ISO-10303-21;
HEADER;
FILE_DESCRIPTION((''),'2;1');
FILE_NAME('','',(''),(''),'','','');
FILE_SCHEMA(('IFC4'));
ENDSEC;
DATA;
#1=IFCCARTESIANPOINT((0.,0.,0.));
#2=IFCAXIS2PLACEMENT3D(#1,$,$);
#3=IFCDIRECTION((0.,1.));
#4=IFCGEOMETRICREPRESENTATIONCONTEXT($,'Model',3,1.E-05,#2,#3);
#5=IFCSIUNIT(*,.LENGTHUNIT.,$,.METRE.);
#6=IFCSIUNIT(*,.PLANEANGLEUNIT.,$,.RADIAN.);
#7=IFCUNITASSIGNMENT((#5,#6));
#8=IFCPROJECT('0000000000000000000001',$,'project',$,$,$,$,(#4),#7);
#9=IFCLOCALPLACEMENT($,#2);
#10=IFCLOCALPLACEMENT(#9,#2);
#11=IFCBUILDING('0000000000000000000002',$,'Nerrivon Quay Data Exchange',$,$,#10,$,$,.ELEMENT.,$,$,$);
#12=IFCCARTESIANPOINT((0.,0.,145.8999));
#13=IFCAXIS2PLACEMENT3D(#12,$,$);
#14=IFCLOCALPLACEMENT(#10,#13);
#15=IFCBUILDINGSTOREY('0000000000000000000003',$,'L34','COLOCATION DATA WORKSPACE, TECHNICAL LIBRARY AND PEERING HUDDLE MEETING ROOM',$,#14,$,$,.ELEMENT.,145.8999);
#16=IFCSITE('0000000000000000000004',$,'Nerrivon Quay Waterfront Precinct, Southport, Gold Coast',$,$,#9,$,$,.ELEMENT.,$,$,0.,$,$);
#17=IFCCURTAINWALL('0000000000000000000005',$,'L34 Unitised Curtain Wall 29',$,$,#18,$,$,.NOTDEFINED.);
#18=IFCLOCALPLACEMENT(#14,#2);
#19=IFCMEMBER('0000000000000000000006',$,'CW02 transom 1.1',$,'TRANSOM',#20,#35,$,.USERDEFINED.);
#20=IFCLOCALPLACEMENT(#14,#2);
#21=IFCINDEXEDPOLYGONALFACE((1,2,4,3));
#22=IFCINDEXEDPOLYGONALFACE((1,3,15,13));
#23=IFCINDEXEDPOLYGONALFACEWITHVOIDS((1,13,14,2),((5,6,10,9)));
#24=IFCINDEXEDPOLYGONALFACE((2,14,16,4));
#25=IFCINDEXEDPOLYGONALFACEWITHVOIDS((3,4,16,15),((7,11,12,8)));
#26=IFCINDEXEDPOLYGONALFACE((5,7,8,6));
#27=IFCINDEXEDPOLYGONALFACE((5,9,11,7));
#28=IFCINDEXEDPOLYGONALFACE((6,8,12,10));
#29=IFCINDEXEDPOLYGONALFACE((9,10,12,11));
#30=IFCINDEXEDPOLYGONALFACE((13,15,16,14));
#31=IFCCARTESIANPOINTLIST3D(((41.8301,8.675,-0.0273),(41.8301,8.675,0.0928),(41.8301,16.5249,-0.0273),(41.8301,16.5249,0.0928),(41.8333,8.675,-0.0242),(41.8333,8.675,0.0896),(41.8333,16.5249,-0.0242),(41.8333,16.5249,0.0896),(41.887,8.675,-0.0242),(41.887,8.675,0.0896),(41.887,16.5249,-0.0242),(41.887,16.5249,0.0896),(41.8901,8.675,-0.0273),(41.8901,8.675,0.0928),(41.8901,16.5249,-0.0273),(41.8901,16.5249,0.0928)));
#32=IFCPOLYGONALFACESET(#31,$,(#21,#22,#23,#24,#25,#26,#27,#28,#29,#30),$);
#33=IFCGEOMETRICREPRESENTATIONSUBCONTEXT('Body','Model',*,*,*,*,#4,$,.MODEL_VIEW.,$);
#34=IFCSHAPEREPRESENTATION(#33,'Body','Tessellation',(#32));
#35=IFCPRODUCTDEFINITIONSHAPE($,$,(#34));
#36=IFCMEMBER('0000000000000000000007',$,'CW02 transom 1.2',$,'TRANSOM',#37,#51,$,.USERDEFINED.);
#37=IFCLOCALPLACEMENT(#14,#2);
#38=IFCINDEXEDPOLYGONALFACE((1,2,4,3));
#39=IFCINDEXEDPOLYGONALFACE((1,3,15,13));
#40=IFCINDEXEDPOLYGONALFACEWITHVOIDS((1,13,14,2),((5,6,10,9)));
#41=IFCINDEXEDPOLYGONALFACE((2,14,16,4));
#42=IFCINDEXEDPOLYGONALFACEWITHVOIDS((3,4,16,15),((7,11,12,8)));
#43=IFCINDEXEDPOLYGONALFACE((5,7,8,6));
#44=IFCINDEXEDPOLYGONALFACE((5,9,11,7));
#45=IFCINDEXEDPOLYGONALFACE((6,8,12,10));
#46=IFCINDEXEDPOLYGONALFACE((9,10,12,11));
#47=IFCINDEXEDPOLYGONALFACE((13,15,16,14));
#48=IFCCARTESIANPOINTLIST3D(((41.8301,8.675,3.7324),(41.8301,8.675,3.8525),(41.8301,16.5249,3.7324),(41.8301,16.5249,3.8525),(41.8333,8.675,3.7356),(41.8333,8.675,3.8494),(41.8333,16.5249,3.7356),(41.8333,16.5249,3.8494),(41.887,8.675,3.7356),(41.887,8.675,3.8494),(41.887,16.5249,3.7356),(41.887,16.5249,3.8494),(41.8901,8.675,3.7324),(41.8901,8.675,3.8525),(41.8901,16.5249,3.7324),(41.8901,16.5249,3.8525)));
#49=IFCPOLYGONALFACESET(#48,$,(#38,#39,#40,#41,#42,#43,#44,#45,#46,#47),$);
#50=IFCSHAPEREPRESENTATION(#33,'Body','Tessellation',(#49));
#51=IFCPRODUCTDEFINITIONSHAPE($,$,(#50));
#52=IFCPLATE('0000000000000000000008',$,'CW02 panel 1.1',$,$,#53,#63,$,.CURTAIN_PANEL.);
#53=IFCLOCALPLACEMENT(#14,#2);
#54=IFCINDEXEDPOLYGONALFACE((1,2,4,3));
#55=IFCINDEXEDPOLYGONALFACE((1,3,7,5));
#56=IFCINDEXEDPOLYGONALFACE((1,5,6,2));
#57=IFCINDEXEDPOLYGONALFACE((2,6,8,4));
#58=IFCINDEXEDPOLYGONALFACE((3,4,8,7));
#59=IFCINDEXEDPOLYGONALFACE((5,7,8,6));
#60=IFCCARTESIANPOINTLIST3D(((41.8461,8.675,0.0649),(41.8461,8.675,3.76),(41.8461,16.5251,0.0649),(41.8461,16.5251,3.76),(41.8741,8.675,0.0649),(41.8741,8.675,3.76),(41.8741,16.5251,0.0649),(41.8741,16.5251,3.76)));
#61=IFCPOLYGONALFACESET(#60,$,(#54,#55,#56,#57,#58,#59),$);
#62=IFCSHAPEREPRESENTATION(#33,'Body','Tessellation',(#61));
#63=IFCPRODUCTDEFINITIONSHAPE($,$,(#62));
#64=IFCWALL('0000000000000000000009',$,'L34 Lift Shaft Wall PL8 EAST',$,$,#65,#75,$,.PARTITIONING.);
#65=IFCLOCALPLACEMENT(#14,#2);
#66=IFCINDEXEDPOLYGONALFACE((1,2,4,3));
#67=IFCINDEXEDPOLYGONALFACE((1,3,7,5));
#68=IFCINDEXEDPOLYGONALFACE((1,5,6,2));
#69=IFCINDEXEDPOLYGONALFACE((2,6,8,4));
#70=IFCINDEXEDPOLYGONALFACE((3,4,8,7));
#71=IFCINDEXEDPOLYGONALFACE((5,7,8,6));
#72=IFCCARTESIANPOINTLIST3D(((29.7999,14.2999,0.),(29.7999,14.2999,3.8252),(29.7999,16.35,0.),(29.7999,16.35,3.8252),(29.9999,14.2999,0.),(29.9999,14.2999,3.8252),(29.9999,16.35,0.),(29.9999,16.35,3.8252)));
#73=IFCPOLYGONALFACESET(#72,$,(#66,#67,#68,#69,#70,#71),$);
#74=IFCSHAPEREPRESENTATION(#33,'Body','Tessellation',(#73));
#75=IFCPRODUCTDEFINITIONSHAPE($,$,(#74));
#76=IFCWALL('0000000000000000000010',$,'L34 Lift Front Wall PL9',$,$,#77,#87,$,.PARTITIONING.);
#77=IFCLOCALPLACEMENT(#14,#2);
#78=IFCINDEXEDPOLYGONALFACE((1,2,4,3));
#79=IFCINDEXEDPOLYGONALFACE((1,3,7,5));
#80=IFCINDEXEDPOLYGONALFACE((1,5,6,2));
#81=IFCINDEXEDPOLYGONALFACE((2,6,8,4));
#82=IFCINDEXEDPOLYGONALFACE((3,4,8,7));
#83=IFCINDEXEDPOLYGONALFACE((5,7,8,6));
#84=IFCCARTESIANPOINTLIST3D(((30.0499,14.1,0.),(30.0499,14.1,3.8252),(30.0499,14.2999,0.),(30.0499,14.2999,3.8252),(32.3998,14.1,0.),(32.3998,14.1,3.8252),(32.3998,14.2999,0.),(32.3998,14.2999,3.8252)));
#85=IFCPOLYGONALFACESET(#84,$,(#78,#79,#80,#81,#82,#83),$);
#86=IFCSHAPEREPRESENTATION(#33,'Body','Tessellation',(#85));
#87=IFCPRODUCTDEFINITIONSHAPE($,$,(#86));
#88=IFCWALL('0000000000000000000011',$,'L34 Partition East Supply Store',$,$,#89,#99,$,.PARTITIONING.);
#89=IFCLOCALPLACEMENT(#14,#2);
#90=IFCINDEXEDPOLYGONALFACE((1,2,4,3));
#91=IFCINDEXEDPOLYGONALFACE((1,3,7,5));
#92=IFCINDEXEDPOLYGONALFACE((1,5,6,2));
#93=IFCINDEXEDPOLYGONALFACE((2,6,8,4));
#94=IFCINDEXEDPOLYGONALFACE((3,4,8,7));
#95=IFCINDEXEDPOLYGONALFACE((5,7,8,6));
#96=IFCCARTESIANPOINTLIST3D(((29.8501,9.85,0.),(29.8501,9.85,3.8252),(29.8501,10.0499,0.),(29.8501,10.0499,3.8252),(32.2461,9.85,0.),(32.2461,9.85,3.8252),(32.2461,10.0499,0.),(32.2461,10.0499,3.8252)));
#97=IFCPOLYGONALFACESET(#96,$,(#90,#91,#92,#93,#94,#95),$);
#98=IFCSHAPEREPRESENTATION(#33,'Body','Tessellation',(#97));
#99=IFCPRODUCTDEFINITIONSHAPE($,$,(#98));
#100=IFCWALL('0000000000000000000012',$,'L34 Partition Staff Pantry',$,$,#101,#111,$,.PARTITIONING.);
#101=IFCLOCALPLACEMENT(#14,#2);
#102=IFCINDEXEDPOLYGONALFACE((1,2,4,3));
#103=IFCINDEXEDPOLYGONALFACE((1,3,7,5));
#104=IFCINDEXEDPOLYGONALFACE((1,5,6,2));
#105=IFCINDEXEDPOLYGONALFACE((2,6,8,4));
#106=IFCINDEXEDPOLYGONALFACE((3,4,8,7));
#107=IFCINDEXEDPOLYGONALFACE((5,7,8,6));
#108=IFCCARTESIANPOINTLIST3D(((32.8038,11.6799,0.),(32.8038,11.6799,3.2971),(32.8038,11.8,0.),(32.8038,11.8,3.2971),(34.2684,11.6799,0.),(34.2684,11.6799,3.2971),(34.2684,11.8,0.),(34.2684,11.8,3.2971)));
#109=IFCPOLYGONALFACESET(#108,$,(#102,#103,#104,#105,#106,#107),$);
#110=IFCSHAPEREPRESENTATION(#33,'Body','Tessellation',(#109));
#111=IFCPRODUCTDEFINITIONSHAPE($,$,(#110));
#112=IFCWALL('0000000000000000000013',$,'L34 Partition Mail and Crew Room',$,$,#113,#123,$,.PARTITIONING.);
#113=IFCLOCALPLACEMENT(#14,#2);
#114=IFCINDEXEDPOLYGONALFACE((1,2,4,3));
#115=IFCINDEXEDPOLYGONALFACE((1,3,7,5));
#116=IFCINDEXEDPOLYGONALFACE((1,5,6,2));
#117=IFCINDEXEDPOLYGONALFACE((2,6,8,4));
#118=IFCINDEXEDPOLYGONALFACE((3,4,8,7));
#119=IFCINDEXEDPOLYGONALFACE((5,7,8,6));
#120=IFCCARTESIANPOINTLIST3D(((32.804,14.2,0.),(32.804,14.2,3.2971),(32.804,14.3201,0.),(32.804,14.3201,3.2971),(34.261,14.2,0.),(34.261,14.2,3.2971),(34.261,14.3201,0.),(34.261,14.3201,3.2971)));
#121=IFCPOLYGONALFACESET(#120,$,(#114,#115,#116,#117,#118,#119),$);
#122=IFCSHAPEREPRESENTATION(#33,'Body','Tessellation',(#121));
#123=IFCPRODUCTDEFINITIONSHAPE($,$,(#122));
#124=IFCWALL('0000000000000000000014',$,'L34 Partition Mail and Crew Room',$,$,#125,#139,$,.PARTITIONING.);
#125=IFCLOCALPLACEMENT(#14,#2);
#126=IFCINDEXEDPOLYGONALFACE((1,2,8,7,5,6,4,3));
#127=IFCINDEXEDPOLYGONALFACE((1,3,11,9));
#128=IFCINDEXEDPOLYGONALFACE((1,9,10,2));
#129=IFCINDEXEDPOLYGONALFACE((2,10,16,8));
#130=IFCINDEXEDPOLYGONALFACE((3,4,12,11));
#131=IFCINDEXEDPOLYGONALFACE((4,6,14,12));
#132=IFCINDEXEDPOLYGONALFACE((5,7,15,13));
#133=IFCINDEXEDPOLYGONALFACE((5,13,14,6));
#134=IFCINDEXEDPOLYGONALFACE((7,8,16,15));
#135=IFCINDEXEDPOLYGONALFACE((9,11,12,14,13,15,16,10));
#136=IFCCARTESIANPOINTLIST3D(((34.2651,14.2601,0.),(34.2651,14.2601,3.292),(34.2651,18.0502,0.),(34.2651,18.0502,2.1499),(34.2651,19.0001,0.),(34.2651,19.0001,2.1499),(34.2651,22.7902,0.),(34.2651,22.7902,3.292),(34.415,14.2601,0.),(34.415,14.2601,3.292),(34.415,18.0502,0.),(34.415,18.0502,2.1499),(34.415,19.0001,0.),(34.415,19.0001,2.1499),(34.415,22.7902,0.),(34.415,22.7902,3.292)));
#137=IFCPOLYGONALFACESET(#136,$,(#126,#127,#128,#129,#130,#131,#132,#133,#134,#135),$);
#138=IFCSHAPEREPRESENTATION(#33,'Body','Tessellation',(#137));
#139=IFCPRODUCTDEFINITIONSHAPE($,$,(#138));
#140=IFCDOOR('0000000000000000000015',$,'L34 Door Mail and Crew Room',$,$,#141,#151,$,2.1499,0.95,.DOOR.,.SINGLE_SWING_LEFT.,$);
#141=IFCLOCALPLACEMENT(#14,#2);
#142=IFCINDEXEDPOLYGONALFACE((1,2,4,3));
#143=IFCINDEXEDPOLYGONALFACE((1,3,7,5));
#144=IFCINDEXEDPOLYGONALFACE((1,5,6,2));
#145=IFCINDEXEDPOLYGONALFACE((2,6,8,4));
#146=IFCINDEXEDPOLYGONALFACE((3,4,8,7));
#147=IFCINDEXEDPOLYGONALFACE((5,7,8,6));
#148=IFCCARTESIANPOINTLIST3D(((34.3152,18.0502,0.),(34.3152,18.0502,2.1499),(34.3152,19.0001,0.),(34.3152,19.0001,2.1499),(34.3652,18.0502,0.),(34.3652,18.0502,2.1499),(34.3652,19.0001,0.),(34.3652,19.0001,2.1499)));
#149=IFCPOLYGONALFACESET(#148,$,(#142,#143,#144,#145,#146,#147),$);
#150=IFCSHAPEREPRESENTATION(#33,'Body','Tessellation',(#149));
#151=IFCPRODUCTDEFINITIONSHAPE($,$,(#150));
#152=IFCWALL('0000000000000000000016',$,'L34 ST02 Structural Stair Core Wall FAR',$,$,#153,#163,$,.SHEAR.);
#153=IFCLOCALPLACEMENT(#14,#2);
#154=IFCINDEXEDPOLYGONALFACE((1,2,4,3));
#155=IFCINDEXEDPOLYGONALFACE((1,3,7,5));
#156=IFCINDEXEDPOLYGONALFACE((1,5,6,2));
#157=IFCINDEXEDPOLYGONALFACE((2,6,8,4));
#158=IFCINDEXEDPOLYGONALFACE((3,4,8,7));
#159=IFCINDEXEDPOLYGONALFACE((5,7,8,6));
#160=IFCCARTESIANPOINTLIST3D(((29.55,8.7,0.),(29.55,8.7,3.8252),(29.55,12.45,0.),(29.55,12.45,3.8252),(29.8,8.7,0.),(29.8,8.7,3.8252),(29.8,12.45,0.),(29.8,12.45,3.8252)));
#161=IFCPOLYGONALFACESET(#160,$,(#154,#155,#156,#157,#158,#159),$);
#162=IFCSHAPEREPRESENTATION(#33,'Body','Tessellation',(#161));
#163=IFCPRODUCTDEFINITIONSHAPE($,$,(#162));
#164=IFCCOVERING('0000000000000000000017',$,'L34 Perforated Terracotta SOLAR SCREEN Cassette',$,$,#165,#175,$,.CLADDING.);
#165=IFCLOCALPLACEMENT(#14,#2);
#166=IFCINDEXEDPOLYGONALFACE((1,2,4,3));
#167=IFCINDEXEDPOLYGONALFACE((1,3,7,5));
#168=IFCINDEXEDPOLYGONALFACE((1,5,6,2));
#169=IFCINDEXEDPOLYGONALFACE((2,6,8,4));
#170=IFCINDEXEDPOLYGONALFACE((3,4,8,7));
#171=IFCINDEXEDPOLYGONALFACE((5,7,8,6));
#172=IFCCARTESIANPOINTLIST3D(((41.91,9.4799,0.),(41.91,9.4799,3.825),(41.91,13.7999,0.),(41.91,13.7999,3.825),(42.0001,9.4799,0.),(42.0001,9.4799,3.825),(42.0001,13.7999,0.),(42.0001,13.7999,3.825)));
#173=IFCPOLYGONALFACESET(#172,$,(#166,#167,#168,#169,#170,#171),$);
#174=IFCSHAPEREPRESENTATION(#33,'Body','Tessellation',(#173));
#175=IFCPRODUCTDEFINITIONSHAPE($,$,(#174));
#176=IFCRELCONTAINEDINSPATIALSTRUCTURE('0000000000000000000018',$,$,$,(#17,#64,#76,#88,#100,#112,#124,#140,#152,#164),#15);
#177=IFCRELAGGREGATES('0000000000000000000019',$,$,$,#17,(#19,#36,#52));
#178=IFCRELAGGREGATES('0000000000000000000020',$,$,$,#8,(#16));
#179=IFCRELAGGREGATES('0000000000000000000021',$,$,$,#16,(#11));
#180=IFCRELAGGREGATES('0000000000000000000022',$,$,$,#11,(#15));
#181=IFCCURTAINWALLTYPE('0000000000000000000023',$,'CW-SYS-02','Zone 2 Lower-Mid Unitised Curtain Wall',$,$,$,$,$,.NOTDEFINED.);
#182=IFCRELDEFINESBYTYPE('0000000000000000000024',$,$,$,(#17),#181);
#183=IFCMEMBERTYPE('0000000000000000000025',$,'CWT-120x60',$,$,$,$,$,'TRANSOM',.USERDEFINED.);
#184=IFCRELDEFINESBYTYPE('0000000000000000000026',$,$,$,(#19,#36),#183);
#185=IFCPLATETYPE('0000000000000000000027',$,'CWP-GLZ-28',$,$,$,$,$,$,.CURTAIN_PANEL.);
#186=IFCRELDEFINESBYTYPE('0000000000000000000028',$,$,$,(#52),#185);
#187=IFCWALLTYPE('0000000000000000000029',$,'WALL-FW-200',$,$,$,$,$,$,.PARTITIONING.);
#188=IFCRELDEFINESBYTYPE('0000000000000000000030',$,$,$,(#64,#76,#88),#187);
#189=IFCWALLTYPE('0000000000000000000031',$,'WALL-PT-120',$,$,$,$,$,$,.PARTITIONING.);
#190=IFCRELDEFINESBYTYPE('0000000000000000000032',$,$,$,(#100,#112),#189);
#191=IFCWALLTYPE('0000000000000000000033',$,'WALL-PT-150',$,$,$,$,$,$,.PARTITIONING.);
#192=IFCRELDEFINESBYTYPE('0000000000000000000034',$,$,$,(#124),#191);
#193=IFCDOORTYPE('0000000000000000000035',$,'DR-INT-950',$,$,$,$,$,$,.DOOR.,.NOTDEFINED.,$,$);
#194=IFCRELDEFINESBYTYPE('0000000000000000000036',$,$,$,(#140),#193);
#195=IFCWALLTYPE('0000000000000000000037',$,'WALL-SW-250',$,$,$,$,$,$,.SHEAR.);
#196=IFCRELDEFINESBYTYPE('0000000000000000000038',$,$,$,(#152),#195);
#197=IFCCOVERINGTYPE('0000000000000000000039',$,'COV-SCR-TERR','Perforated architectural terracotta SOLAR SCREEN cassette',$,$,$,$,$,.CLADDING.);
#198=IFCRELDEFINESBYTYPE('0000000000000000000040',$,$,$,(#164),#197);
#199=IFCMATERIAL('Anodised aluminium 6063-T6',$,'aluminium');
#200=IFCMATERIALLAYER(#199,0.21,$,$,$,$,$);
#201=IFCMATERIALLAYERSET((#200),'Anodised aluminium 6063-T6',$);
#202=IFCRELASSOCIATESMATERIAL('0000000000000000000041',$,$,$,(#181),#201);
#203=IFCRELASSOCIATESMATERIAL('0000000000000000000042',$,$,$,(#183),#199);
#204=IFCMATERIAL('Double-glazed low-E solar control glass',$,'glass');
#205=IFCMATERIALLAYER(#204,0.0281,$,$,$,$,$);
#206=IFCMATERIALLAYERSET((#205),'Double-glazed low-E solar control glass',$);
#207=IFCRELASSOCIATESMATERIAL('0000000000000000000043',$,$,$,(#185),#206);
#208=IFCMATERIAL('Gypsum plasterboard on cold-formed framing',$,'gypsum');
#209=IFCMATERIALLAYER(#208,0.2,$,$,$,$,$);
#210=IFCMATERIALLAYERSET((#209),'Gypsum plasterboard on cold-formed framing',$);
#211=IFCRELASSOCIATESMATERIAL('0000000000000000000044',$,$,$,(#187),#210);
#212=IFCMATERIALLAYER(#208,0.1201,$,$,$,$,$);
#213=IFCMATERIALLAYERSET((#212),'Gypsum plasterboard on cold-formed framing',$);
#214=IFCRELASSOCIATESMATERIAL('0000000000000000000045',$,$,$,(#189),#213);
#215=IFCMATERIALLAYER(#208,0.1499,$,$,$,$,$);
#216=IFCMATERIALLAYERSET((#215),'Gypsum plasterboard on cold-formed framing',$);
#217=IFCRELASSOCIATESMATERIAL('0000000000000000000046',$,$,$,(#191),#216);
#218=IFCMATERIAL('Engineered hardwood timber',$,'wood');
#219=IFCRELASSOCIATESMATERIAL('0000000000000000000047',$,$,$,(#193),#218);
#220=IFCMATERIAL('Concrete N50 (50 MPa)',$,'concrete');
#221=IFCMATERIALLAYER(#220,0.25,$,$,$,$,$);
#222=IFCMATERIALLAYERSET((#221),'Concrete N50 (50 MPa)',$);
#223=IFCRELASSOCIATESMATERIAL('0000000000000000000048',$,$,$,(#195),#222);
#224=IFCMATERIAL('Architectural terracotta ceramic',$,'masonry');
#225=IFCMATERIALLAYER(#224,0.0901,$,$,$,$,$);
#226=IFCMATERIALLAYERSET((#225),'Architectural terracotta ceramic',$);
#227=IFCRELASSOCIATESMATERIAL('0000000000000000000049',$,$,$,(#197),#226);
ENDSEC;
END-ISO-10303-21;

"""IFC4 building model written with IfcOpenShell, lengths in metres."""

from ifc_helpers import new_model, si_unit, direction, frame, frame_2d, origin, origin_2d, place, context, subcontext, project, spatial, rectangle, hollow_rectangle, extrude, material, layer, layer_set, material_profile, profile_set, type_object, element, fill, aggregate, save


model = new_model("IFC4")

# Units and contexts
model_context = context("Model", 3, precision=1e-05, world=origin(), true_north=direction((0.0, 1.0)))
body_context = subcontext(model_context, "Body", "Model", "MODEL_VIEW")
ifc_project = project(units=[si_unit("LENGTHUNIT", "METRE"), si_unit("PLANEANGLEUNIT", "RADIAN")], contexts=[model_context])

# Site, building, storey
site_placement = place(None, origin())
site = spatial("IfcSite", under=ifc_project, at=site_placement, Name="Nerrivon Quay Waterfront Precinct, Southport, Gold Coast", CompositionType="ELEMENT", RefElevation=0.0)
building_placement = place(site_placement, origin())
building = spatial("IfcBuilding", under=site, at=building_placement, Name="Nerrivon Quay Data Exchange", CompositionType="ELEMENT")
storey_placement = place(building_placement, frame((0.0, 0.0, 145.8999)))
storey = spatial("IfcBuildingStorey", under=building, at=storey_placement, Name="L34", Description="COLOCATION DATA WORKSPACE, TECHNICAL LIBRARY AND PEERING HUDDLE MEETING ROOM", CompositionType="ELEMENT", Elevation=145.8999)

# Shared definitions
ifc_material_1 = material(Name="Anodised aluminium 6063-T6", Category="aluminium")
ifc_layer_1 = layer(ifc_material_1, 0.21)
ifc_layer_set_1 = layer_set([ifc_layer_1], Name="Anodised aluminium 6063-T6")
curtain_wall_type = type_object("IfcCurtainWallType", Name="CW-SYS-02", Description="Zone 2 Lower-Mid Unitised Curtain Wall", PredefinedType="NOTDEFINED", material=ifc_layer_set_1)

# Curtain wall, members, plate
curtain_wall_1_placement = place(storey_placement, origin())
curtain_wall_1 = element("IfcCurtainWall", 1, at=curtain_wall_1_placement, inside=storey, type_object=curtain_wall_type, Name="L34 Unitised Curtain Wall 29", PredefinedType="NOTDEFINED")
ifc_material_profile_1 = material_profile(ifc_material_1, hollow_rectangle(XDim=0.0601, YDim=0.1201, WallThickness=0.0032, at=origin_2d()), Name="ALU-TRAN-120x60")
ifc_profile_set_1 = profile_set([ifc_material_profile_1], Name="Anodised aluminium 6063-T6")
member_type_1 = type_object("IfcMemberType", Name="CWT-120x60", ElementType="TRANSOM", PredefinedType="USERDEFINED", material=ifc_profile_set_1)
member_1_placement = place(storey_placement, frame((41.8601, 16.5249, 0.0327), z_axis=(0.0, -1.0, 0.0), x_axis=(1.0, 0.0, 0.0)))
member_1 = element("IfcMember", 2, at=member_1_placement, type_object=member_type_1, Name="CW02 transom 1.1", ObjectType="TRANSOM", PredefinedType="USERDEFINED", context=body_context, shape_type="SweptSolid", body=[
    extrude(hollow_rectangle(XDim=0.0601, YDim=0.1201, WallThickness=0.0032, at=origin_2d()), origin(), (0.0, 0.0, 1.0), 7.8499),
])
member_2_placement = place(storey_placement, frame((41.8601, 16.5249, 3.7925), z_axis=(0.0, -1.0, 0.0), x_axis=(1.0, 0.0, 0.0)))
member_2 = element("IfcMember", 3, at=member_2_placement, type_object=member_type_1, Name="CW02 transom 1.2", ObjectType="TRANSOM", PredefinedType="USERDEFINED", context=body_context, shape_type="SweptSolid", body=[
    extrude(hollow_rectangle(XDim=0.0601, YDim=0.1201, WallThickness=0.0032, at=origin_2d()), origin(), (0.0, 0.0, 1.0), 7.8499),
])
ifc_material_2 = material(Name="Double-glazed low-E solar control glass", Category="glass")
ifc_layer_2 = layer(ifc_material_2, 0.0281)
ifc_layer_set_2 = layer_set([ifc_layer_2], Name="Double-glazed low-E solar control glass")
plate_type = type_object("IfcPlateType", Name="CWP-GLZ-28", PredefinedType="CURTAIN_PANEL", material=ifc_layer_set_2)
plate_placement = place(storey_placement, frame((41.8601, 12.6001, 0.0649), z_axis=(0.0, 0.0, 1.0), x_axis=(0.0, -1.0, 0.0)))
plate = element("IfcPlate", 4, at=plate_placement, type_object=plate_type, Name="CW02 panel 1.1", PredefinedType="CURTAIN_PANEL", context=body_context, shape_type="SweptSolid", body=[
    extrude(rectangle(XDim=7.8501, YDim=0.0281, at=origin_2d()), origin(), (0.0, 0.0, 1.0), 3.6951),
])
aggregate(curtain_wall_1, [member_1, member_2, plate])

# Walls
ifc_material_3 = material(Name="Gypsum plasterboard on cold-formed framing", Category="gypsum")
ifc_layer_3 = layer(ifc_material_3, 0.2)
ifc_layer_set_3 = layer_set([ifc_layer_3], Name="Gypsum plasterboard on cold-formed framing")
wall_type_1 = type_object("IfcWallType", Name="WALL-FW-200", PredefinedType="PARTITIONING", material=ifc_layer_set_3)
wall_1_placement = place(storey_placement, frame((29.8999, 14.3, 0.0), z_axis=(0.0, 0.0, 1.0), x_axis=(0.0, 1.0, 0.0)))
element("IfcWall", 5, at=wall_1_placement, inside=storey, type_object=wall_type_1, Name="L34 Lift Shaft Wall PL8 EAST", PredefinedType="PARTITIONING", context=body_context, shape_type="SweptSolid", body=[
    extrude(rectangle(XDim=2.05, YDim=0.2, at=frame_2d((1.0249, 0.0))), origin(), (0.0, 0.0, 1.0), 3.8252),
])
wall_2_placement = place(storey_placement, frame((30.05, 14.2, 0.0), z_axis=(0.0, 0.0, 1.0), x_axis=(1.0, 0.0, 0.0)))
element("IfcWall", 6, at=wall_2_placement, inside=storey, type_object=wall_type_1, Name="L34 Lift Front Wall PL9", PredefinedType="PARTITIONING", context=body_context, shape_type="SweptSolid", body=[
    extrude(rectangle(XDim=2.3499, YDim=0.2, at=frame_2d((1.1748, 0.0))), origin(), (0.0, 0.0, 1.0), 3.8252),
])

# Shared definitions
ifc_material_4 = material(Name="Engineered hardwood timber", Category="wood")

# Walls
wall_3_placement = place(storey_placement, frame((29.8501, 9.95, 0.0), z_axis=(0.0, 0.0, 1.0), x_axis=(1.0, 0.0, 0.0)))
element("IfcWall", 7, at=wall_3_placement, inside=storey, type_object=wall_type_1, Name="L34 Partition East Supply Store", PredefinedType="PARTITIONING", context=body_context, shape_type="SweptSolid", body=[
    extrude(rectangle(XDim=2.396, YDim=0.2, at=frame_2d((1.198, 0.0))), origin(), (0.0, 0.0, 1.0), 3.8252),
])
ifc_layer_4 = layer(ifc_material_3, 0.1201)
ifc_layer_set_4 = layer_set([ifc_layer_4], Name="Gypsum plasterboard on cold-formed framing")
wall_type_2 = type_object("IfcWallType", Name="WALL-PT-120", PredefinedType="PARTITIONING", material=ifc_layer_set_4)
wall_4_placement = place(storey_placement, frame((34.2686, 11.74, 0.0), z_axis=(0.0, 0.0, 1.0), x_axis=(-1.0, 0.0, 0.0)))
element("IfcWall", 8, at=wall_4_placement, inside=storey, type_object=wall_type_2, Name="L34 Partition Staff Pantry", PredefinedType="PARTITIONING", context=body_context, shape_type="SweptSolid", body=[
    extrude(rectangle(XDim=1.4646, YDim=0.1201, at=frame_2d((0.7324, 0.0))), origin(), (0.0, 0.0, 1.0), 3.2971),
])
wall_5_placement = place(storey_placement, frame((32.804, 14.26, 0.0), z_axis=(0.0, 0.0, 1.0), x_axis=(1.0, 0.0, 0.0)))
element("IfcWall", 9, at=wall_5_placement, inside=storey, type_object=wall_type_2, Name="L34 Partition Mail and Crew Room", PredefinedType="PARTITIONING", context=body_context, shape_type="SweptSolid", body=[
    extrude(rectangle(XDim=1.457, YDim=0.1201, at=frame_2d((0.7285, 0.0))), origin(), (0.0, 0.0, 1.0), 3.2971),
])

# Wall, opening, door
ifc_layer_5 = layer(ifc_material_3, 0.1499)
ifc_layer_set_5 = layer_set([ifc_layer_5], Name="Gypsum plasterboard on cold-formed framing")
wall_type_3 = type_object("IfcWallType", Name="WALL-PT-150", PredefinedType="PARTITIONING", material=ifc_layer_set_5)
wall_6_placement = place(storey_placement, frame((34.3401, 14.26, 0.0), z_axis=(0.0, 0.0, 1.0), x_axis=(0.0, 1.0, 0.0)))
wall_6 = element("IfcWall", 10, at=wall_6_placement, inside=storey, type_object=wall_type_3, Name="L34 Partition Mail and Crew Room", PredefinedType="PARTITIONING", context=body_context, shape_type="SweptSolid", body=[
    extrude(rectangle(XDim=8.53, YDim=0.1499, at=frame_2d((4.2651, 0.0))), origin(), (0.0, 0.0, 1.0), 3.292),
])
opening_1_placement = place(wall_6_placement, frame((3.79, 0.0, 0.0)))
opening_1 = element("IfcOpeningElement", 11, at=opening_1_placement, cuts=wall_6, PredefinedType="OPENING", context=body_context, shape_type="SweptSolid", body=[
    extrude(rectangle(XDim=0.95, YDim=2.1499, at=frame_2d((0.4751, 1.075))), frame((0.0, 0.085, 0.0), z_axis=(0.0, -1.0, 0.0), x_axis=(1.0, 0.0, 0.0)), (0.0, 0.0, 1.0), 0.1699),
])
door_type_1 = type_object("IfcDoorType", Name="DR-INT-950", OperationType="NOTDEFINED", PredefinedType="DOOR", material=ifc_material_4)
door_1_placement = place(opening_1_placement, origin())
door_1 = element("IfcDoor", 12, at=door_1_placement, inside=storey, type_object=door_type_1, Name="L34 Door Mail and Crew Room", OperationType="SINGLE_SWING_LEFT", OverallHeight=2.1499, OverallWidth=0.95, PredefinedType="DOOR", context=body_context, shape_type="SweptSolid", body=[
    extrude(rectangle(XDim=0.95, YDim=2.1499, at=frame_2d((0.4751, 1.075))), frame((0.0, 0.0249, 0.0), z_axis=(0.0, -1.0, 0.0), x_axis=(1.0, 0.0, 0.0)), (0.0, 0.0, 1.0), 0.05),
])
fill(opening_1, door_1)

# Wall
ifc_material_5 = material(Name="Concrete N50 (50 MPa)", Category="concrete")
ifc_layer_6 = layer(ifc_material_5, 0.25)
ifc_layer_set_6 = layer_set([ifc_layer_6], Name="Concrete N50 (50 MPa)")
wall_type_4 = type_object("IfcWallType", Name="WALL-SW-250", PredefinedType="SHEAR", material=ifc_layer_set_6)
wall_7_placement = place(storey_placement, frame((29.675, 8.7, 0.0), z_axis=(0.0, 0.0, 1.0), x_axis=(0.0, 1.0, 0.0)))
element("IfcWall", 13, at=wall_7_placement, inside=storey, type_object=wall_type_4, Name="L34 ST02 Structural Stair Core Wall FAR", PredefinedType="SHEAR", context=body_context, shape_type="SweptSolid", body=[
    extrude(rectangle(XDim=3.75, YDim=0.25, at=frame_2d((1.875, 0.0))), origin(), (0.0, 0.0, 1.0), 3.8252),
])

# Covering
ifc_material_6 = material(Name="Architectural terracotta ceramic", Category="masonry")
ifc_layer_7 = layer(ifc_material_6, 0.0901)
ifc_layer_set_7 = layer_set([ifc_layer_7], Name="Architectural terracotta ceramic")
covering_type = type_object("IfcCoveringType", Name="COV-SCR-TERR", Description="Perforated architectural terracotta SOLAR SCREEN cassette", PredefinedType="CLADDING", material=ifc_layer_set_7)
covering_placement = place(storey_placement, frame((41.9551, 11.6399, 0.0), z_axis=(0.0, 0.0, 1.0), x_axis=(0.0, -1.0, 0.0)))
element("IfcCovering", 14, at=covering_placement, inside=storey, type_object=covering_type, Name="L34 Perforated Terracotta SOLAR SCREEN Cassette", PredefinedType="CLADDING", context=body_context, shape_type="SweptSolid", body=[
    extrude(rectangle(XDim=4.3201, YDim=0.0901, at=origin_2d()), origin(), (0.0, 0.0, 1.0), 3.825),
])

save(model, "model.ifc")
